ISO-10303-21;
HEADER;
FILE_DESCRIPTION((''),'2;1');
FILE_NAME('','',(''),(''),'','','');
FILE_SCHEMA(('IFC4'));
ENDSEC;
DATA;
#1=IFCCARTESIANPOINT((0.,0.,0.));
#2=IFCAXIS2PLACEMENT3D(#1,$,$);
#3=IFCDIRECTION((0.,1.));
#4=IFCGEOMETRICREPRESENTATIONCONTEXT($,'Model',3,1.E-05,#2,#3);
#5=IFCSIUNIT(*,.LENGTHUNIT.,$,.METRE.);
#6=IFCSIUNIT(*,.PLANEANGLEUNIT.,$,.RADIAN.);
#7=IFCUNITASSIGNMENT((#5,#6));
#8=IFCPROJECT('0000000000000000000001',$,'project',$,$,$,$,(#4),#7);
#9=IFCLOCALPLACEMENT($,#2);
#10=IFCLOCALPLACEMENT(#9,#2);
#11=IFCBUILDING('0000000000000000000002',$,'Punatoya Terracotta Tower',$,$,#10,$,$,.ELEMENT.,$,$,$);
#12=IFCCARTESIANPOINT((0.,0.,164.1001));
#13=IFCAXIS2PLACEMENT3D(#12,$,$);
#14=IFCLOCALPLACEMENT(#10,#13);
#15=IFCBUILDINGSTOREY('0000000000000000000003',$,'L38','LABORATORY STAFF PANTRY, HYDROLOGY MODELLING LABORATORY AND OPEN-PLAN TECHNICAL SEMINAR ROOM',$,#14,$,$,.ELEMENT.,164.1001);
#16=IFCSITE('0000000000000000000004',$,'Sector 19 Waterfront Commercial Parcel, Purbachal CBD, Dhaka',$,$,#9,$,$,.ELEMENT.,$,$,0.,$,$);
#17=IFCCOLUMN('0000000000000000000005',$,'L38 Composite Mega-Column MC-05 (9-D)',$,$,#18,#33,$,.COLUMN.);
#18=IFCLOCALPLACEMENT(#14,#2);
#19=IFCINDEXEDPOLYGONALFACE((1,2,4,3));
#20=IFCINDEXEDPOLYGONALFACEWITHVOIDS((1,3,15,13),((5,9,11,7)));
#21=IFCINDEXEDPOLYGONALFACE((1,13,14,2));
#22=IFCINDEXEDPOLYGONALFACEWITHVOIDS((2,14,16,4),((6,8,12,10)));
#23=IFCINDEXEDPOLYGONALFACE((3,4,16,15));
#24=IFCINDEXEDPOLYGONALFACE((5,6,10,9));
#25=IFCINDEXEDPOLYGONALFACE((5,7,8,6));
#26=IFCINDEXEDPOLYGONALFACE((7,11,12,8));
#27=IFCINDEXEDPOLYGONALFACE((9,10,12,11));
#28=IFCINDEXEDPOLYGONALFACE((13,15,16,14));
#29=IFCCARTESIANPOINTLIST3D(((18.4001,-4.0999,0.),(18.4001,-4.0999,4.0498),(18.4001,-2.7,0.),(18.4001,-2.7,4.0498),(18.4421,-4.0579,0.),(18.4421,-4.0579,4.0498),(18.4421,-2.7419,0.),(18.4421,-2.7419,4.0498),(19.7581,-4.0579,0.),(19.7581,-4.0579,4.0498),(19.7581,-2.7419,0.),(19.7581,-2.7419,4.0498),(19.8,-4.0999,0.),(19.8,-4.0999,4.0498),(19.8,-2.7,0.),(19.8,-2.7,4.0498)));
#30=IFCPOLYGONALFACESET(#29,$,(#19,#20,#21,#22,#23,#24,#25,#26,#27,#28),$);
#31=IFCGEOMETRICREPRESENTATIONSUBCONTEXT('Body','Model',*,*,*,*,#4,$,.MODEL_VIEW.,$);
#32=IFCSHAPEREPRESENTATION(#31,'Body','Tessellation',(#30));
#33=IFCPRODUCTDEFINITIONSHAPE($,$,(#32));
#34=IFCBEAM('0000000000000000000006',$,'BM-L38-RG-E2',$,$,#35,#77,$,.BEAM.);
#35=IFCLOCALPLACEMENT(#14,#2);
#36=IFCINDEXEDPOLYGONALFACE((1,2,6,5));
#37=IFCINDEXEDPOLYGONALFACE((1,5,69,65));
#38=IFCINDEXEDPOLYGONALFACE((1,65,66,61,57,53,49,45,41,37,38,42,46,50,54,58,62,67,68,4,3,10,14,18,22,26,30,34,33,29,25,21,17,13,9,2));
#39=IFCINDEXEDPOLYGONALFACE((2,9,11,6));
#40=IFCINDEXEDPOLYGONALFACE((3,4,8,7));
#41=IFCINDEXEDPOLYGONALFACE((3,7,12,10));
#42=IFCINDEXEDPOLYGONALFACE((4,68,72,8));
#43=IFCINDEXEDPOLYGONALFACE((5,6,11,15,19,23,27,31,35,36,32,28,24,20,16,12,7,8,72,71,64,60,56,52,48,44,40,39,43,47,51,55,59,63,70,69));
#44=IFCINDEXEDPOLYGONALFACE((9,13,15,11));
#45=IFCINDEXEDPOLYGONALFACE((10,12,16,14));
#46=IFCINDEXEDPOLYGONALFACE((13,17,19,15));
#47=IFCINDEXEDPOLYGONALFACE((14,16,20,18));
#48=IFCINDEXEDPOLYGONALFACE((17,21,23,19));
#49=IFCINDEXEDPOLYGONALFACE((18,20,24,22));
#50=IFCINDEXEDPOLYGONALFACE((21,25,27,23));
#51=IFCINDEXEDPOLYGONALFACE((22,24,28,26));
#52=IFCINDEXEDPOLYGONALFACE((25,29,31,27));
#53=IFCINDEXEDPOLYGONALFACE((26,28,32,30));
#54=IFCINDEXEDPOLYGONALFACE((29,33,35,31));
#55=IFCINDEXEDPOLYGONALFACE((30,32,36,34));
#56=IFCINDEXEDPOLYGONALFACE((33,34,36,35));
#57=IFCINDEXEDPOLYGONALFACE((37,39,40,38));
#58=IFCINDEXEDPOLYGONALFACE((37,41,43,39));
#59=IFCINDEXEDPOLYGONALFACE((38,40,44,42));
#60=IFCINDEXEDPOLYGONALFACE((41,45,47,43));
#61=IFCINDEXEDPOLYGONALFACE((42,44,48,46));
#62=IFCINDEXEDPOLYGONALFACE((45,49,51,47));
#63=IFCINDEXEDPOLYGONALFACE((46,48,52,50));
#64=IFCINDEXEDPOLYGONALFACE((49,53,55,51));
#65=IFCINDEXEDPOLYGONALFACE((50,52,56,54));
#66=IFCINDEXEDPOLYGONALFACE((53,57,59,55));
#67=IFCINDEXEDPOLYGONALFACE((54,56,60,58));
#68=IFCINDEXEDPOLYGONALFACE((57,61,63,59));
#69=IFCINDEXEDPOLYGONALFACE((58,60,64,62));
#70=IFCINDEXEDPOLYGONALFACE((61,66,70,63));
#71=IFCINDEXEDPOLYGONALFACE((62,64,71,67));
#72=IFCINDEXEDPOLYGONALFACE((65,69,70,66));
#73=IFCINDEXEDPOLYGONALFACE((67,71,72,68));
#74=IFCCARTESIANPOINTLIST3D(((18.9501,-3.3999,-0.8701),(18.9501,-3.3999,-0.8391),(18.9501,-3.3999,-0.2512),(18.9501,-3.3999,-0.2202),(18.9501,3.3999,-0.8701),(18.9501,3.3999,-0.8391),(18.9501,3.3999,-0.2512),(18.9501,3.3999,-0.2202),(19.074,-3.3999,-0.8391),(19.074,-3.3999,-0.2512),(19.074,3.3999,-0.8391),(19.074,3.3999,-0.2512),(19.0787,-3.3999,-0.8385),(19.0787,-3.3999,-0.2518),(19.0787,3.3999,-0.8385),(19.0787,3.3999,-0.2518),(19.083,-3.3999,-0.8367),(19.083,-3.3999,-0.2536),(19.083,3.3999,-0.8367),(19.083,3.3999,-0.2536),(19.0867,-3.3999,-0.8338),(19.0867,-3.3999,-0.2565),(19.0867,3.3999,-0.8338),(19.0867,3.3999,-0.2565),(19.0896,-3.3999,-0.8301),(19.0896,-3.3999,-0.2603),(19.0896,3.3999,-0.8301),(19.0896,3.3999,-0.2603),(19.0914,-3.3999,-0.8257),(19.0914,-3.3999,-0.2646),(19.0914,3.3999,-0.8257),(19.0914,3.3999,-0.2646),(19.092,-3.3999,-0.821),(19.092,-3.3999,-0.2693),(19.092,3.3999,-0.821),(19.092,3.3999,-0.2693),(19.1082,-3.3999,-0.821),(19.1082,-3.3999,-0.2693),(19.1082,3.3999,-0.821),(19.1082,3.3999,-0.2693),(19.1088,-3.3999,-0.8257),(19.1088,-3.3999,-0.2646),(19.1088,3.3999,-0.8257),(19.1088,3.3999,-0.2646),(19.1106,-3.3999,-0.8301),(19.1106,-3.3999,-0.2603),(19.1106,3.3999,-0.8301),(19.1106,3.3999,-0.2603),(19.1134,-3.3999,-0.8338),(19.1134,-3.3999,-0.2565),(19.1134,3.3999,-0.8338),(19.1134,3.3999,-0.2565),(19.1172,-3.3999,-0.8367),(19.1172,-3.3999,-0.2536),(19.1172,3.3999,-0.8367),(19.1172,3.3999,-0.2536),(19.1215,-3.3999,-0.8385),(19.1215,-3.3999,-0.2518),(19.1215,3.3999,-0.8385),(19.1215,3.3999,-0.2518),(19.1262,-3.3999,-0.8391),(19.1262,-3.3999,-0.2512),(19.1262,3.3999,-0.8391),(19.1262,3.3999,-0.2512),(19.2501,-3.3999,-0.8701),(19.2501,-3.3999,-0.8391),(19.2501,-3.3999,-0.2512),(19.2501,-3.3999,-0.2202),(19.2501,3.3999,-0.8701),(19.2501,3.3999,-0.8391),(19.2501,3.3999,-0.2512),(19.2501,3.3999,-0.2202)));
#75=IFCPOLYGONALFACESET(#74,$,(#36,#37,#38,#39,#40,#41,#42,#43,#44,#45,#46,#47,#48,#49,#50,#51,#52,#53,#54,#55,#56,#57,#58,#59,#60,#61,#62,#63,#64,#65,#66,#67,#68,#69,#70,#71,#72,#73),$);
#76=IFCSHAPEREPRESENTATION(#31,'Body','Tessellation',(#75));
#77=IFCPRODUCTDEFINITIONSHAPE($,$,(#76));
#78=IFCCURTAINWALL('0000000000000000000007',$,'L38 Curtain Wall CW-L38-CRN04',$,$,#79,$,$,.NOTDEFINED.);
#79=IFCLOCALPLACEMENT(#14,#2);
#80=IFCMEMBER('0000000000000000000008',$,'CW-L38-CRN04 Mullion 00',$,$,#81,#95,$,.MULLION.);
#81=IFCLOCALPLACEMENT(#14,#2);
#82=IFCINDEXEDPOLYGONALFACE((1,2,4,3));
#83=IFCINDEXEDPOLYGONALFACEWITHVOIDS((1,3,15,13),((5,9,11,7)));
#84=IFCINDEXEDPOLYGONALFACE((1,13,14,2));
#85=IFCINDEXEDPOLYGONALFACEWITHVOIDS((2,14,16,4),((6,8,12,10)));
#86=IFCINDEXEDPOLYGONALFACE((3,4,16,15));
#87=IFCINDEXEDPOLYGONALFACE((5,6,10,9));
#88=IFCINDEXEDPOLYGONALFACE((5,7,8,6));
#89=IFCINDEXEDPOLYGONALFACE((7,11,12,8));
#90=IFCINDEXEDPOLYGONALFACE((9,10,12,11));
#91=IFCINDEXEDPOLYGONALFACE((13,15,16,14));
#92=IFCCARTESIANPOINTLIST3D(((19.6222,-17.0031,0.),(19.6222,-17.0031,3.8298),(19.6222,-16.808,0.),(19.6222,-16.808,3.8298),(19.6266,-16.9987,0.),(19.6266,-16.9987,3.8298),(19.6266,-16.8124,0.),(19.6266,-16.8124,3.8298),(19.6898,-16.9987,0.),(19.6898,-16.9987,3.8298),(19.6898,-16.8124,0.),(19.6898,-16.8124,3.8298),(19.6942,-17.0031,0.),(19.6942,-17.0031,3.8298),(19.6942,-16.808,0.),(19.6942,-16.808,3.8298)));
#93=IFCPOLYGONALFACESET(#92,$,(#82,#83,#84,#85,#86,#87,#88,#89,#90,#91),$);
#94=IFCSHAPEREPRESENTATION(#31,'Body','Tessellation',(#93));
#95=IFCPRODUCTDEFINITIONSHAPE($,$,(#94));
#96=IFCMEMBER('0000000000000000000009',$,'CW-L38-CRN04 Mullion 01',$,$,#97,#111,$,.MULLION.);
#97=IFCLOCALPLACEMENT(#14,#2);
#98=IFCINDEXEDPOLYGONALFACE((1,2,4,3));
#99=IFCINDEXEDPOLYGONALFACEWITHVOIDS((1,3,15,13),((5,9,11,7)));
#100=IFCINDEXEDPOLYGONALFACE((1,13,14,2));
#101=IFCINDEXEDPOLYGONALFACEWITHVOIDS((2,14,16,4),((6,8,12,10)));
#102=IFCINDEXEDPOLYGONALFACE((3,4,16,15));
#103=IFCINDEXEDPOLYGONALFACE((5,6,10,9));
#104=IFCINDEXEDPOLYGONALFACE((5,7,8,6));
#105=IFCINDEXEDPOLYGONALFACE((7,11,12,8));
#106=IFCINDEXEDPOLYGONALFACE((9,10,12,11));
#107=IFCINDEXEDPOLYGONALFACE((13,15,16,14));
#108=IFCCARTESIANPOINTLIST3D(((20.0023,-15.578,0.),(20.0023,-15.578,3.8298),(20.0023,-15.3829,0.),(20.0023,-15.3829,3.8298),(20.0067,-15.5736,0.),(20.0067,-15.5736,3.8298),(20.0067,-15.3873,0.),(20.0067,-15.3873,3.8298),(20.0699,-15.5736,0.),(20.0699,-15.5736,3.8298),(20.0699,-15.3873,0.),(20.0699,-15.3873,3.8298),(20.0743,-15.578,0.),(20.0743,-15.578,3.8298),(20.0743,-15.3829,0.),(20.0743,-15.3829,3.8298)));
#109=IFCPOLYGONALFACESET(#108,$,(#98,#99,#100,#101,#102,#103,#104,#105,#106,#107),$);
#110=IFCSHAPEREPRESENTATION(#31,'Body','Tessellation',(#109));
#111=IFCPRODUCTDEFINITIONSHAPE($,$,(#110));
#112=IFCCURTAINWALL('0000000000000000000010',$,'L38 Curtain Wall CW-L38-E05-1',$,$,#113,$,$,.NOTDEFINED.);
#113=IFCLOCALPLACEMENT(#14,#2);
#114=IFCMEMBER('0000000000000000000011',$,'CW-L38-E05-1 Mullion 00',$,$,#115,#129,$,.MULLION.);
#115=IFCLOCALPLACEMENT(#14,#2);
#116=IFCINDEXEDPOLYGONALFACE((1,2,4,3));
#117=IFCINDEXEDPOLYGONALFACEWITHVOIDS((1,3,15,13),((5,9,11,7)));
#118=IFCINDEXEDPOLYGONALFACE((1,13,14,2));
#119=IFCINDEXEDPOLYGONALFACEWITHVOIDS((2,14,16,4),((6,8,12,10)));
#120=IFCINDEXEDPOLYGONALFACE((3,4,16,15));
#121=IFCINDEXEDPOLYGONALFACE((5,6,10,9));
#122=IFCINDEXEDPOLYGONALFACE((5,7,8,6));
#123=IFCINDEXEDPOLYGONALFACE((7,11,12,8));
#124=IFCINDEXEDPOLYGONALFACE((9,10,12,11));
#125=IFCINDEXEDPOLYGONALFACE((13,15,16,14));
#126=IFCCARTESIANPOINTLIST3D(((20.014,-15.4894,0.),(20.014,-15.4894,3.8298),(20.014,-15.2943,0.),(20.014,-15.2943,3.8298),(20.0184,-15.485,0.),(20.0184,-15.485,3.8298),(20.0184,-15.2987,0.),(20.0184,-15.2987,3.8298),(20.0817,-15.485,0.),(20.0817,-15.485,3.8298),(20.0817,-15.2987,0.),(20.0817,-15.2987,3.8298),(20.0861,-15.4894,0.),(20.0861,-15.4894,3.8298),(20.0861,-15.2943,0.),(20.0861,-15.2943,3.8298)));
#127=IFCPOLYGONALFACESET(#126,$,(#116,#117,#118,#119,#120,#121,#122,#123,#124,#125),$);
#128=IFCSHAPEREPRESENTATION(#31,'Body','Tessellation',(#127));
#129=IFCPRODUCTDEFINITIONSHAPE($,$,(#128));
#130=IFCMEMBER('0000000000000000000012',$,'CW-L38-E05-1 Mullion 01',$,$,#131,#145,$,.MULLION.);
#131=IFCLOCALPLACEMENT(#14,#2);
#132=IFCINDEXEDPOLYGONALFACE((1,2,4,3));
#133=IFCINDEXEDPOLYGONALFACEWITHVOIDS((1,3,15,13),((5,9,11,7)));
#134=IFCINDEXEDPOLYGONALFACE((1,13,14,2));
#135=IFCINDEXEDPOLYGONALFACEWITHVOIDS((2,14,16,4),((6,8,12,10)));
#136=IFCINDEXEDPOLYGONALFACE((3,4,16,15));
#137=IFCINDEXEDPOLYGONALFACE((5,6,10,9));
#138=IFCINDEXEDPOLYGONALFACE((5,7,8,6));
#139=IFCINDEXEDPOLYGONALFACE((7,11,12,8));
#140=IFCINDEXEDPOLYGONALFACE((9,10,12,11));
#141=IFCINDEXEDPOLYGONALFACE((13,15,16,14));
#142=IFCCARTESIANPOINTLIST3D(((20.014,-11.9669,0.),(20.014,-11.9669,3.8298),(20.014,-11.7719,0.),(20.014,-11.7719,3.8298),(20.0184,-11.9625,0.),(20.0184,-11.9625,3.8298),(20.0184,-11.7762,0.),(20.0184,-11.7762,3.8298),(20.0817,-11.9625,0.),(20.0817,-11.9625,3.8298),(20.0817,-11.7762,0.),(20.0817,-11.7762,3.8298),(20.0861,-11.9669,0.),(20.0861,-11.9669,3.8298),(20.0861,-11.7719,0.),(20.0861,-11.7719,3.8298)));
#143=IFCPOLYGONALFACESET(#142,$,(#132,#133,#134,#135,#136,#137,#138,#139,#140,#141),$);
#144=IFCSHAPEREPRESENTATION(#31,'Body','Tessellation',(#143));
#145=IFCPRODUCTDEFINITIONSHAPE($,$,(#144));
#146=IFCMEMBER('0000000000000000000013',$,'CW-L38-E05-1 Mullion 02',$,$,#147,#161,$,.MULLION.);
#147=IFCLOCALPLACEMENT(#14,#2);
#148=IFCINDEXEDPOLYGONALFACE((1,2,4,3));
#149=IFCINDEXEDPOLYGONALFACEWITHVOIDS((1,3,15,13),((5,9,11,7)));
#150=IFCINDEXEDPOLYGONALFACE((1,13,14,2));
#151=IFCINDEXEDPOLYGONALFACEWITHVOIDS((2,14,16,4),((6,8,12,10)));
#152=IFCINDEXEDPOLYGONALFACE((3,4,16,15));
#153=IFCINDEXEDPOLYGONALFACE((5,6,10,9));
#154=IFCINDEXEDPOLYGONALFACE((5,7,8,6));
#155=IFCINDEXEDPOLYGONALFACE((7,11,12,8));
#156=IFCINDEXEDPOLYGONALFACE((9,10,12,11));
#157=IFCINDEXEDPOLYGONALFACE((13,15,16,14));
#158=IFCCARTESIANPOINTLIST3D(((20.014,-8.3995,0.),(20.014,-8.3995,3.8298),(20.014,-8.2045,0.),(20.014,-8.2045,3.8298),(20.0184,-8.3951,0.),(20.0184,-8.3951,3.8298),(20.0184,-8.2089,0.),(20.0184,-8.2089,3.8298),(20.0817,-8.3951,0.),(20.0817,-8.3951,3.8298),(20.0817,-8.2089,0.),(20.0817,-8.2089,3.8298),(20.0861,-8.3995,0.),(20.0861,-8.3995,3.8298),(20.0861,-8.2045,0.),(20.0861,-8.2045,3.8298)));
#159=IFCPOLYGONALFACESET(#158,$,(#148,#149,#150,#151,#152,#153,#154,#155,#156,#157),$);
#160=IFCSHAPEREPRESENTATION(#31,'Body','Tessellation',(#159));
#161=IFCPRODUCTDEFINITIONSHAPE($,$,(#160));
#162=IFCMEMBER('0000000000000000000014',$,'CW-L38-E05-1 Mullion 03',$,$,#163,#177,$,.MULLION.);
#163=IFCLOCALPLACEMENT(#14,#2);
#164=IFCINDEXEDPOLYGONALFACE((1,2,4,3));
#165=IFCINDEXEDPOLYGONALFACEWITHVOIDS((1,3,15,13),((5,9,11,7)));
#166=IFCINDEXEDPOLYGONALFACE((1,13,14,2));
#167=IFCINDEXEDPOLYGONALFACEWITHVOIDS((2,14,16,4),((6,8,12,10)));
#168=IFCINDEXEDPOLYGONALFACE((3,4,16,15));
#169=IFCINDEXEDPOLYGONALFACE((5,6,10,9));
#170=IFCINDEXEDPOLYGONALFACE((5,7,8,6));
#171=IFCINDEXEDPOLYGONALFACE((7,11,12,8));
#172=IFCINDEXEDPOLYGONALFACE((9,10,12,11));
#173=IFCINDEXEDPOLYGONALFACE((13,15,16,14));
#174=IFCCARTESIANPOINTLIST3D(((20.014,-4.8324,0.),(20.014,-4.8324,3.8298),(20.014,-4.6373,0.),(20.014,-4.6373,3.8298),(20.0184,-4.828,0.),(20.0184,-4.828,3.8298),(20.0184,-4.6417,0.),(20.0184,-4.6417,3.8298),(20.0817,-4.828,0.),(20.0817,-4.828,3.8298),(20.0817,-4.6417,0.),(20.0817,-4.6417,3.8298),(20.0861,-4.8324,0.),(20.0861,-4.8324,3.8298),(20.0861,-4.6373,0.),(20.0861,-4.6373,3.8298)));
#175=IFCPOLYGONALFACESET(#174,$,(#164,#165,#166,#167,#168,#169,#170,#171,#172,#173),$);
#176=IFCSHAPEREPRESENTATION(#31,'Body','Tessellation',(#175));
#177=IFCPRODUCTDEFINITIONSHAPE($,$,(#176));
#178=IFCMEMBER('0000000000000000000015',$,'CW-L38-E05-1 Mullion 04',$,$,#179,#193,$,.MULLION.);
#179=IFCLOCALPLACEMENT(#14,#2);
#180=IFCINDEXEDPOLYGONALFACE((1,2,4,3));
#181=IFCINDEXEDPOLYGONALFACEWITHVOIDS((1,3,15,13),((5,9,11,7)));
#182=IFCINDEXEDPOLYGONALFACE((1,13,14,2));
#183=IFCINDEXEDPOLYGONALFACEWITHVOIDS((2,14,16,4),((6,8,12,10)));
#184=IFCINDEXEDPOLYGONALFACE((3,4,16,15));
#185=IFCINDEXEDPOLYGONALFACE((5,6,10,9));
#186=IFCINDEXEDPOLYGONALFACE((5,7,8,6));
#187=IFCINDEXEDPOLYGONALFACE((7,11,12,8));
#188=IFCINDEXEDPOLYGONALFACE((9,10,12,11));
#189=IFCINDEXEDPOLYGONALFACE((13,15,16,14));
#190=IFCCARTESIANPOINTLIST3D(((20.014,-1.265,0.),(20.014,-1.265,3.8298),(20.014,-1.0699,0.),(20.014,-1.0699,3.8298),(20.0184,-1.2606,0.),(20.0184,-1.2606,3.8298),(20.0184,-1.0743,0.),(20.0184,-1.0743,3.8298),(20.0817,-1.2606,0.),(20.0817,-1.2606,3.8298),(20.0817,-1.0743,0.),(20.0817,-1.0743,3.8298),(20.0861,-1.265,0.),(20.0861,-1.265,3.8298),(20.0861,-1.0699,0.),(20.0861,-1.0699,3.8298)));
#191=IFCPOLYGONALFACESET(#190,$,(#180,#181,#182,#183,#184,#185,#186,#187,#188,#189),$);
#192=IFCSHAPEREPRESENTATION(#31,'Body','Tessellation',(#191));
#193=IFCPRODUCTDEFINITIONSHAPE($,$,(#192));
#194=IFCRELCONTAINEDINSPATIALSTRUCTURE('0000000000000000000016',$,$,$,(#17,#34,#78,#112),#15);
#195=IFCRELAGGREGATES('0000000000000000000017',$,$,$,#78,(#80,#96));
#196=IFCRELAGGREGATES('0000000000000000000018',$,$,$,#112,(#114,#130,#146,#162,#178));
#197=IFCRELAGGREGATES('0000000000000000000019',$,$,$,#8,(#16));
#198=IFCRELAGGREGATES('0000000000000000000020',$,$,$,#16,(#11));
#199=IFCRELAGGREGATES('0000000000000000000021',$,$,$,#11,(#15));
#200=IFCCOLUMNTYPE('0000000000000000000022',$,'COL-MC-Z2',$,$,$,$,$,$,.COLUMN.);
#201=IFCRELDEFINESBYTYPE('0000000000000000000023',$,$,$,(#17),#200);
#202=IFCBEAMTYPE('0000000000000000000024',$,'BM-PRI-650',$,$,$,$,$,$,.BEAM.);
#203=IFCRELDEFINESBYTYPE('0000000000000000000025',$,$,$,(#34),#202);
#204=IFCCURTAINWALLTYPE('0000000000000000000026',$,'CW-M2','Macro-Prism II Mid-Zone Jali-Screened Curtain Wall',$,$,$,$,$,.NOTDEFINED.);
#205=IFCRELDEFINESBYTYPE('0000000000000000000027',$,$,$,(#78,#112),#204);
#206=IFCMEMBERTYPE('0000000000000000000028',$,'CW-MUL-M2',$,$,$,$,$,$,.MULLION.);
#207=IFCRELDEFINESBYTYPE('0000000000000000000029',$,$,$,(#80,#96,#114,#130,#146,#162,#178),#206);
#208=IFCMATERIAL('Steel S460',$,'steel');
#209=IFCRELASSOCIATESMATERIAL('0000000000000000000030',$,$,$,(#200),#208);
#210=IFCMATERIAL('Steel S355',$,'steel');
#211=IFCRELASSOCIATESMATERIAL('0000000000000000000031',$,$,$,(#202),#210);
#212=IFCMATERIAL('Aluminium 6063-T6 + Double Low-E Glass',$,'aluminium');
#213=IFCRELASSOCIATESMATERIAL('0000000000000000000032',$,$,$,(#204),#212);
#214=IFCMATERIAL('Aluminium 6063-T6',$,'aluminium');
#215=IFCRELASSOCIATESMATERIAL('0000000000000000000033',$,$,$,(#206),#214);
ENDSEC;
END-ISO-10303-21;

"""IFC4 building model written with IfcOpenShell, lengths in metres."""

from ifc_helpers import new_model, si_unit, direction, frame, origin, origin_2d, place, context, subcontext, project, spatial, hollow_rectangle, i_section, extrude, material, material_profile, profile_set, type_object, element, aggregate, save


model = new_model("IFC4")

# Units and contexts
model_context = context("Model", 3, precision=1e-05, world=origin(), true_north=direction((0.0, 1.0)))
body_context = subcontext(model_context, "Body", "Model", "MODEL_VIEW")
ifc_project = project(units=[si_unit("LENGTHUNIT", "METRE"), si_unit("PLANEANGLEUNIT", "RADIAN")], contexts=[model_context])

# Site, building, storey
site_placement = place(None, origin())
site = spatial("IfcSite", under=ifc_project, at=site_placement, Name="Sector 19 Waterfront Commercial Parcel, Purbachal CBD, Dhaka", CompositionType="ELEMENT", RefElevation=0.0)
building_placement = place(site_placement, origin())
building = spatial("IfcBuilding", under=site, at=building_placement, Name="Punatoya Terracotta Tower", CompositionType="ELEMENT")
storey_placement = place(building_placement, frame((0.0, 0.0, 164.1001)))
storey = spatial("IfcBuildingStorey", under=building, at=storey_placement, Name="L38", Description="LABORATORY STAFF PANTRY, HYDROLOGY MODELLING LABORATORY AND OPEN-PLAN TECHNICAL SEMINAR ROOM", CompositionType="ELEMENT", Elevation=164.1001)

# Column
ifc_material_1 = material(Name="Steel S460", Category="steel")
ifc_material_profile_1 = material_profile(ifc_material_1, hollow_rectangle(XDim=1.3999, YDim=1.3999, WallThickness=0.042, at=origin_2d()))
ifc_profile_set_1 = profile_set([ifc_material_profile_1], Name="Steel S460")
column_type = type_object("IfcColumnType", Name="COL-MC-Z2", PredefinedType="COLUMN", material=ifc_profile_set_1)
column_placement = place(storey_placement, frame((19.1001, -3.3999, 0.0), z_axis=(0.0, 0.0, 1.0), x_axis=(1.0, 0.0, 0.0)))
element("IfcColumn", 1, at=column_placement, inside=storey, type_object=column_type, Name="L38 Composite Mega-Column MC-05 (9-D)", PredefinedType="COLUMN", context=body_context, shape_type="SweptSolid", body=[
    extrude(hollow_rectangle(XDim=1.3999, YDim=1.3999, WallThickness=0.042, at=origin_2d()), origin(), (0.0, 0.0, 1.0), 4.0498),
])

# Beam
ifc_material_2 = material(Name="Steel S355", Category="steel")
ifc_material_profile_2 = material_profile(ifc_material_2, i_section(OverallWidth=0.3, OverallDepth=0.6499, WebThickness=0.0161, FlangeThickness=0.031, FilletRadius=0.0181, at=origin_2d()))
ifc_profile_set_2 = profile_set([ifc_material_profile_2], Name="Steel S355")
beam_type = type_object("IfcBeamType", Name="BM-PRI-650", PredefinedType="BEAM", material=ifc_profile_set_2)
beam_placement = place(storey_placement, frame((19.1001, -3.3999, -0.5452), z_axis=(0.0, 1.0, 0.0), x_axis=(-1.0, 0.0, 0.0)))
element("IfcBeam", 2, at=beam_placement, inside=storey, type_object=beam_type, Name="BM-L38-RG-E2", PredefinedType="BEAM", context=body_context, shape_type="SweptSolid", body=[
    extrude(i_section(OverallWidth=0.3, OverallDepth=0.6499, WebThickness=0.0161, FlangeThickness=0.031, FilletRadius=0.0181, at=origin_2d()), origin(), (0.0, 0.0, 1.0), 6.7998),
])

# Curtain walls, members
ifc_material_3 = material(Name="Aluminium 6063-T6 + Double Low-E Glass", Category="aluminium")
curtain_wall_type = type_object("IfcCurtainWallType", Name="CW-M2", Description="Macro-Prism II Mid-Zone Jali-Screened Curtain Wall", PredefinedType="NOTDEFINED", material=ifc_material_3)
curtain_wall_1_placement = place(storey_placement, origin())
curtain_wall_1 = element("IfcCurtainWall", 3, at=curtain_wall_1_placement, inside=storey, type_object=curtain_wall_type, Name="L38 Curtain Wall CW-L38-CRN04", PredefinedType="NOTDEFINED")
ifc_material_4 = material(Name="Aluminium 6063-T6", Category="aluminium")
ifc_material_profile_3 = material_profile(ifc_material_4, hollow_rectangle(XDim=0.072, YDim=0.1951, WallThickness=0.0044, at=origin_2d()))
ifc_profile_set_3 = profile_set([ifc_material_profile_3], Name="Aluminium 6063-T6")
member_type_1 = type_object("IfcMemberType", Name="CW-MUL-M2", PredefinedType="MULLION", material=ifc_profile_set_3)
member_1_placement = place(storey_placement, frame((19.6582, -16.9055, 0.0), z_axis=(0.0, 0.0, 1.0), x_axis=(1.0, 0.0, 0.0)))
member_1 = element("IfcMember", 4, at=member_1_placement, type_object=member_type_1, Name="CW-L38-CRN04 Mullion 00", PredefinedType="MULLION", context=body_context, shape_type="SweptSolid", body=[
    extrude(hollow_rectangle(XDim=0.072, YDim=0.1951, WallThickness=0.0044, at=origin_2d()), origin(), (0.0, 0.0, 1.0), 3.8298),
])
member_2_placement = place(storey_placement, frame((20.0383, -15.4805, 0.0), z_axis=(0.0, 0.0, 1.0), x_axis=(1.0, 0.0, 0.0)))
member_2 = element("IfcMember", 5, at=member_2_placement, type_object=member_type_1, Name="CW-L38-CRN04 Mullion 01", PredefinedType="MULLION", context=body_context, shape_type="SweptSolid", body=[
    extrude(hollow_rectangle(XDim=0.072, YDim=0.1951, WallThickness=0.0044, at=origin_2d()), origin(), (0.0, 0.0, 1.0), 3.8298),
])
curtain_wall_2_placement = place(storey_placement, origin())
curtain_wall_2 = element("IfcCurtainWall", 6, at=curtain_wall_2_placement, inside=storey, type_object=curtain_wall_type, Name="L38 Curtain Wall CW-L38-E05-1", PredefinedType="NOTDEFINED")
member_3_placement = place(storey_placement, frame((20.05, -15.3918, 0.0), z_axis=(0.0, 0.0, 1.0), x_axis=(1.0, 0.0, 0.0)))
member_3 = element("IfcMember", 7, at=member_3_placement, type_object=member_type_1, Name="CW-L38-E05-1 Mullion 00", PredefinedType="MULLION", context=body_context, shape_type="SweptSolid", body=[
    extrude(hollow_rectangle(XDim=0.072, YDim=0.1951, WallThickness=0.0044, at=origin_2d()), origin(), (0.0, 0.0, 1.0), 3.8298),
])
member_4_placement = place(storey_placement, frame((20.05, -11.8694, 0.0), z_axis=(0.0, 0.0, 1.0), x_axis=(1.0, 0.0, 0.0)))
member_4 = element("IfcMember", 8, at=member_4_placement, type_object=member_type_1, Name="CW-L38-E05-1 Mullion 01", PredefinedType="MULLION", context=body_context, shape_type="SweptSolid", body=[
    extrude(hollow_rectangle(XDim=0.072, YDim=0.1951, WallThickness=0.0044, at=origin_2d()), origin(), (0.0, 0.0, 1.0), 3.8298),
])
member_5_placement = place(storey_placement, frame((20.05, -8.302, 0.0), z_axis=(0.0, 0.0, 1.0), x_axis=(1.0, 0.0, 0.0)))
member_5 = element("IfcMember", 9, at=member_5_placement, type_object=member_type_1, Name="CW-L38-E05-1 Mullion 02", PredefinedType="MULLION", context=body_context, shape_type="SweptSolid", body=[
    extrude(hollow_rectangle(XDim=0.072, YDim=0.1951, WallThickness=0.0044, at=origin_2d()), origin(), (0.0, 0.0, 1.0), 3.8298),
])
member_6_placement = place(storey_placement, frame((20.05, -4.7349, 0.0), z_axis=(0.0, 0.0, 1.0), x_axis=(1.0, 0.0, 0.0)))
member_6 = element("IfcMember", 10, at=member_6_placement, type_object=member_type_1, Name="CW-L38-E05-1 Mullion 03", PredefinedType="MULLION", context=body_context, shape_type="SweptSolid", body=[
    extrude(hollow_rectangle(XDim=0.072, YDim=0.1951, WallThickness=0.0044, at=origin_2d()), origin(), (0.0, 0.0, 1.0), 3.8298),
])
member_7_placement = place(storey_placement, frame((20.05, -1.1675, 0.0), z_axis=(0.0, 0.0, 1.0), x_axis=(1.0, 0.0, 0.0)))
member_7 = element("IfcMember", 11, at=member_7_placement, type_object=member_type_1, Name="CW-L38-E05-1 Mullion 04", PredefinedType="MULLION", context=body_context, shape_type="SweptSolid", body=[
    extrude(hollow_rectangle(XDim=0.072, YDim=0.1951, WallThickness=0.0044, at=origin_2d()), origin(), (0.0, 0.0, 1.0), 3.8298),
])

aggregate(curtain_wall_1, [member_1, member_2])
aggregate(curtain_wall_2, [member_3, member_4, member_5, member_6, member_7])

save(model, "model.ifc")
